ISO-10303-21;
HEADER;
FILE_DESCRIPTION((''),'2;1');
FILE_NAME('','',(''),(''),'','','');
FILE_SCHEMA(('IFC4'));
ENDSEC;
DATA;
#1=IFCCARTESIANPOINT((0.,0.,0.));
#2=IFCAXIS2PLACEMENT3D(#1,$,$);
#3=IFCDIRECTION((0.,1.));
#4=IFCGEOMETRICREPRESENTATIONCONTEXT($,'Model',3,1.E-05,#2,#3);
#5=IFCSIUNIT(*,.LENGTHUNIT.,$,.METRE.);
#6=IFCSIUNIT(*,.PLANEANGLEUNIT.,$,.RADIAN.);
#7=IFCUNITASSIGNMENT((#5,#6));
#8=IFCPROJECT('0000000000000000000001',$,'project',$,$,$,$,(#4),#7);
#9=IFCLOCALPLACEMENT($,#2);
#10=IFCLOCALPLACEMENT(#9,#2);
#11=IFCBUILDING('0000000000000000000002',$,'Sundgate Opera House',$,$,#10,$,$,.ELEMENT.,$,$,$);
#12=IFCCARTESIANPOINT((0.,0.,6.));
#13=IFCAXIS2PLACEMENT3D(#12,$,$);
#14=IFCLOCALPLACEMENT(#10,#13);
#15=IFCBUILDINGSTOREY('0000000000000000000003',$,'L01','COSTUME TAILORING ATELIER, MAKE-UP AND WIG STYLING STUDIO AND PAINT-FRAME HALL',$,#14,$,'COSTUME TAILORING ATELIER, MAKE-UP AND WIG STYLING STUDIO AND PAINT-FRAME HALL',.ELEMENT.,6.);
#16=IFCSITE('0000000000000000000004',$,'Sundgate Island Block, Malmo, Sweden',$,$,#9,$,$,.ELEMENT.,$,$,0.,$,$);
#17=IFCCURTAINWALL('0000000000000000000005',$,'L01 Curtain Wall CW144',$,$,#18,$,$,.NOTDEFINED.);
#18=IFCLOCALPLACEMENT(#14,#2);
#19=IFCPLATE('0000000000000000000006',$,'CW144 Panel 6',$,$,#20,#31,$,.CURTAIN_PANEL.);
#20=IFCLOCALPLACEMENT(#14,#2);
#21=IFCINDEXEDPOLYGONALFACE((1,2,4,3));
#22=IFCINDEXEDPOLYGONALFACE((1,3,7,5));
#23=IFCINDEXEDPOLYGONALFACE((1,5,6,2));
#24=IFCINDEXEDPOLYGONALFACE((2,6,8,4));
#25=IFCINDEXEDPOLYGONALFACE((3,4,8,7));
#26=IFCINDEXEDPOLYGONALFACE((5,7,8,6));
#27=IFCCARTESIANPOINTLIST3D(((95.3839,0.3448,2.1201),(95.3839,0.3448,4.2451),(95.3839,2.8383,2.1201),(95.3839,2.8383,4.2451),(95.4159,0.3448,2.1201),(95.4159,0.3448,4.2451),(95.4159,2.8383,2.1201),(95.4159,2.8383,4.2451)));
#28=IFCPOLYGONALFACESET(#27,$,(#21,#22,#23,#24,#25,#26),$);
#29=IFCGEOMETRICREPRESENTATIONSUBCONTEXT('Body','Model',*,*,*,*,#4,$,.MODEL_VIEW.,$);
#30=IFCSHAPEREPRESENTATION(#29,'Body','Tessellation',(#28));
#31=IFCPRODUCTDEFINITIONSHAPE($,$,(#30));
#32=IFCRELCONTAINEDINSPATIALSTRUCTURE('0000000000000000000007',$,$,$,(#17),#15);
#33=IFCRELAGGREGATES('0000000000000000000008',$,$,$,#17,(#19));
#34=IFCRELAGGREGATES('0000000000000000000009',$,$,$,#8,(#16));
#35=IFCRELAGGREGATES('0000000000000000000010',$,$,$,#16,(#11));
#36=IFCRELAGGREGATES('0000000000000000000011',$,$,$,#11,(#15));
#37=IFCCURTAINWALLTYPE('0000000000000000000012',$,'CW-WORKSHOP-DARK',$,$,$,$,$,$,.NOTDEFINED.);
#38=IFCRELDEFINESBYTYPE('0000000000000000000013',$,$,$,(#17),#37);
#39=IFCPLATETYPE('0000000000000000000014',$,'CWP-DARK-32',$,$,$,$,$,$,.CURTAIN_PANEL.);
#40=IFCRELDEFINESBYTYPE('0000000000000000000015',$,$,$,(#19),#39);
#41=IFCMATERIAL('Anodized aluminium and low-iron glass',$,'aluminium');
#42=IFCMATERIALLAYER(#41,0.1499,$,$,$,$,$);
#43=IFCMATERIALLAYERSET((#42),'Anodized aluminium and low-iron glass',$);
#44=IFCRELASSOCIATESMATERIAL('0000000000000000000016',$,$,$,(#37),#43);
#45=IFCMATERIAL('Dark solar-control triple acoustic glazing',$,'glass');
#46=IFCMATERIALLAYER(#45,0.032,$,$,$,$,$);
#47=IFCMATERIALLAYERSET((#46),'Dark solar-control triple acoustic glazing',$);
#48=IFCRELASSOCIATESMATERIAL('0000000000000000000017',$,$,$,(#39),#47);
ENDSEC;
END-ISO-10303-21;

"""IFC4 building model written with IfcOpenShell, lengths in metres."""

from ifc_helpers import new_model, si_unit, direction, frame, origin, origin_2d, place, context, subcontext, project, spatial, rectangle, extrude, material, layer, layer_set, type_object, element, aggregate, save


model = new_model("IFC4")

# Units and contexts
model_context = context("Model", 3, precision=1e-05, world=origin(), true_north=direction((0.0, 1.0)))
body_context = subcontext(model_context, "Body", "Model", "MODEL_VIEW")
ifc_project = project(units=[si_unit("LENGTHUNIT", "METRE"), si_unit("PLANEANGLEUNIT", "RADIAN")], contexts=[model_context])

# Site, building, storey
site_placement = place(None, origin())
site = spatial("IfcSite", under=ifc_project, at=site_placement, Name="Sundgate Island Block, Malmo, Sweden", CompositionType="ELEMENT", RefElevation=0.0)
building_placement = place(site_placement, origin())
building = spatial("IfcBuilding", under=site, at=building_placement, Name="Sundgate Opera House", CompositionType="ELEMENT")
storey_placement = place(building_placement, frame((0.0, 0.0, 6.0)))
storey = spatial("IfcBuildingStorey", under=building, at=storey_placement, Name="L01", Description="COSTUME TAILORING ATELIER, MAKE-UP AND WIG STYLING STUDIO AND PAINT-FRAME HALL", LongName="COSTUME TAILORING ATELIER, MAKE-UP AND WIG STYLING STUDIO AND PAINT-FRAME HALL", CompositionType="ELEMENT", Elevation=6.0)

# Curtain wall, plate
ifc_material_1 = material(Name="Anodized aluminium and low-iron glass", Category="aluminium")
ifc_layer_1 = layer(ifc_material_1, 0.1499)
ifc_layer_set_1 = layer_set([ifc_layer_1], Name="Anodized aluminium and low-iron glass")
curtain_wall_type = type_object("IfcCurtainWallType", Name="CW-WORKSHOP-DARK", PredefinedType="NOTDEFINED", material=ifc_layer_set_1)
curtain_wall_placement = place(storey_placement, origin())
curtain_wall = element("IfcCurtainWall", 1, at=curtain_wall_placement, inside=storey, type_object=curtain_wall_type, Name="L01 Curtain Wall CW144", PredefinedType="NOTDEFINED")
ifc_material_2 = material(Name="Dark solar-control triple acoustic glazing", Category="glass")
ifc_layer_2 = layer(ifc_material_2, 0.032)
ifc_layer_set_2 = layer_set([ifc_layer_2], Name="Dark solar-control triple acoustic glazing")
plate_type = type_object("IfcPlateType", Name="CWP-DARK-32", PredefinedType="CURTAIN_PANEL", material=ifc_layer_set_2)
plate_1_placement = place(storey_placement, frame((95.3999, 1.5916, 2.1201), z_axis=(0.0, 0.0, 1.0), x_axis=(0.0, -1.0, 0.0)))
plate_1 = element("IfcPlate", 2, at=plate_1_placement, type_object=plate_type, Name="CW144 Panel 6", PredefinedType="CURTAIN_PANEL", context=body_context, shape_type="SweptSolid", body=[
    extrude(rectangle(XDim=2.4934, YDim=0.032, at=origin_2d()), origin(), (0.0, 0.0, 1.0), 2.125),
])
aggregate(curtain_wall, [plate_1])

save(model, "model.ifc")
